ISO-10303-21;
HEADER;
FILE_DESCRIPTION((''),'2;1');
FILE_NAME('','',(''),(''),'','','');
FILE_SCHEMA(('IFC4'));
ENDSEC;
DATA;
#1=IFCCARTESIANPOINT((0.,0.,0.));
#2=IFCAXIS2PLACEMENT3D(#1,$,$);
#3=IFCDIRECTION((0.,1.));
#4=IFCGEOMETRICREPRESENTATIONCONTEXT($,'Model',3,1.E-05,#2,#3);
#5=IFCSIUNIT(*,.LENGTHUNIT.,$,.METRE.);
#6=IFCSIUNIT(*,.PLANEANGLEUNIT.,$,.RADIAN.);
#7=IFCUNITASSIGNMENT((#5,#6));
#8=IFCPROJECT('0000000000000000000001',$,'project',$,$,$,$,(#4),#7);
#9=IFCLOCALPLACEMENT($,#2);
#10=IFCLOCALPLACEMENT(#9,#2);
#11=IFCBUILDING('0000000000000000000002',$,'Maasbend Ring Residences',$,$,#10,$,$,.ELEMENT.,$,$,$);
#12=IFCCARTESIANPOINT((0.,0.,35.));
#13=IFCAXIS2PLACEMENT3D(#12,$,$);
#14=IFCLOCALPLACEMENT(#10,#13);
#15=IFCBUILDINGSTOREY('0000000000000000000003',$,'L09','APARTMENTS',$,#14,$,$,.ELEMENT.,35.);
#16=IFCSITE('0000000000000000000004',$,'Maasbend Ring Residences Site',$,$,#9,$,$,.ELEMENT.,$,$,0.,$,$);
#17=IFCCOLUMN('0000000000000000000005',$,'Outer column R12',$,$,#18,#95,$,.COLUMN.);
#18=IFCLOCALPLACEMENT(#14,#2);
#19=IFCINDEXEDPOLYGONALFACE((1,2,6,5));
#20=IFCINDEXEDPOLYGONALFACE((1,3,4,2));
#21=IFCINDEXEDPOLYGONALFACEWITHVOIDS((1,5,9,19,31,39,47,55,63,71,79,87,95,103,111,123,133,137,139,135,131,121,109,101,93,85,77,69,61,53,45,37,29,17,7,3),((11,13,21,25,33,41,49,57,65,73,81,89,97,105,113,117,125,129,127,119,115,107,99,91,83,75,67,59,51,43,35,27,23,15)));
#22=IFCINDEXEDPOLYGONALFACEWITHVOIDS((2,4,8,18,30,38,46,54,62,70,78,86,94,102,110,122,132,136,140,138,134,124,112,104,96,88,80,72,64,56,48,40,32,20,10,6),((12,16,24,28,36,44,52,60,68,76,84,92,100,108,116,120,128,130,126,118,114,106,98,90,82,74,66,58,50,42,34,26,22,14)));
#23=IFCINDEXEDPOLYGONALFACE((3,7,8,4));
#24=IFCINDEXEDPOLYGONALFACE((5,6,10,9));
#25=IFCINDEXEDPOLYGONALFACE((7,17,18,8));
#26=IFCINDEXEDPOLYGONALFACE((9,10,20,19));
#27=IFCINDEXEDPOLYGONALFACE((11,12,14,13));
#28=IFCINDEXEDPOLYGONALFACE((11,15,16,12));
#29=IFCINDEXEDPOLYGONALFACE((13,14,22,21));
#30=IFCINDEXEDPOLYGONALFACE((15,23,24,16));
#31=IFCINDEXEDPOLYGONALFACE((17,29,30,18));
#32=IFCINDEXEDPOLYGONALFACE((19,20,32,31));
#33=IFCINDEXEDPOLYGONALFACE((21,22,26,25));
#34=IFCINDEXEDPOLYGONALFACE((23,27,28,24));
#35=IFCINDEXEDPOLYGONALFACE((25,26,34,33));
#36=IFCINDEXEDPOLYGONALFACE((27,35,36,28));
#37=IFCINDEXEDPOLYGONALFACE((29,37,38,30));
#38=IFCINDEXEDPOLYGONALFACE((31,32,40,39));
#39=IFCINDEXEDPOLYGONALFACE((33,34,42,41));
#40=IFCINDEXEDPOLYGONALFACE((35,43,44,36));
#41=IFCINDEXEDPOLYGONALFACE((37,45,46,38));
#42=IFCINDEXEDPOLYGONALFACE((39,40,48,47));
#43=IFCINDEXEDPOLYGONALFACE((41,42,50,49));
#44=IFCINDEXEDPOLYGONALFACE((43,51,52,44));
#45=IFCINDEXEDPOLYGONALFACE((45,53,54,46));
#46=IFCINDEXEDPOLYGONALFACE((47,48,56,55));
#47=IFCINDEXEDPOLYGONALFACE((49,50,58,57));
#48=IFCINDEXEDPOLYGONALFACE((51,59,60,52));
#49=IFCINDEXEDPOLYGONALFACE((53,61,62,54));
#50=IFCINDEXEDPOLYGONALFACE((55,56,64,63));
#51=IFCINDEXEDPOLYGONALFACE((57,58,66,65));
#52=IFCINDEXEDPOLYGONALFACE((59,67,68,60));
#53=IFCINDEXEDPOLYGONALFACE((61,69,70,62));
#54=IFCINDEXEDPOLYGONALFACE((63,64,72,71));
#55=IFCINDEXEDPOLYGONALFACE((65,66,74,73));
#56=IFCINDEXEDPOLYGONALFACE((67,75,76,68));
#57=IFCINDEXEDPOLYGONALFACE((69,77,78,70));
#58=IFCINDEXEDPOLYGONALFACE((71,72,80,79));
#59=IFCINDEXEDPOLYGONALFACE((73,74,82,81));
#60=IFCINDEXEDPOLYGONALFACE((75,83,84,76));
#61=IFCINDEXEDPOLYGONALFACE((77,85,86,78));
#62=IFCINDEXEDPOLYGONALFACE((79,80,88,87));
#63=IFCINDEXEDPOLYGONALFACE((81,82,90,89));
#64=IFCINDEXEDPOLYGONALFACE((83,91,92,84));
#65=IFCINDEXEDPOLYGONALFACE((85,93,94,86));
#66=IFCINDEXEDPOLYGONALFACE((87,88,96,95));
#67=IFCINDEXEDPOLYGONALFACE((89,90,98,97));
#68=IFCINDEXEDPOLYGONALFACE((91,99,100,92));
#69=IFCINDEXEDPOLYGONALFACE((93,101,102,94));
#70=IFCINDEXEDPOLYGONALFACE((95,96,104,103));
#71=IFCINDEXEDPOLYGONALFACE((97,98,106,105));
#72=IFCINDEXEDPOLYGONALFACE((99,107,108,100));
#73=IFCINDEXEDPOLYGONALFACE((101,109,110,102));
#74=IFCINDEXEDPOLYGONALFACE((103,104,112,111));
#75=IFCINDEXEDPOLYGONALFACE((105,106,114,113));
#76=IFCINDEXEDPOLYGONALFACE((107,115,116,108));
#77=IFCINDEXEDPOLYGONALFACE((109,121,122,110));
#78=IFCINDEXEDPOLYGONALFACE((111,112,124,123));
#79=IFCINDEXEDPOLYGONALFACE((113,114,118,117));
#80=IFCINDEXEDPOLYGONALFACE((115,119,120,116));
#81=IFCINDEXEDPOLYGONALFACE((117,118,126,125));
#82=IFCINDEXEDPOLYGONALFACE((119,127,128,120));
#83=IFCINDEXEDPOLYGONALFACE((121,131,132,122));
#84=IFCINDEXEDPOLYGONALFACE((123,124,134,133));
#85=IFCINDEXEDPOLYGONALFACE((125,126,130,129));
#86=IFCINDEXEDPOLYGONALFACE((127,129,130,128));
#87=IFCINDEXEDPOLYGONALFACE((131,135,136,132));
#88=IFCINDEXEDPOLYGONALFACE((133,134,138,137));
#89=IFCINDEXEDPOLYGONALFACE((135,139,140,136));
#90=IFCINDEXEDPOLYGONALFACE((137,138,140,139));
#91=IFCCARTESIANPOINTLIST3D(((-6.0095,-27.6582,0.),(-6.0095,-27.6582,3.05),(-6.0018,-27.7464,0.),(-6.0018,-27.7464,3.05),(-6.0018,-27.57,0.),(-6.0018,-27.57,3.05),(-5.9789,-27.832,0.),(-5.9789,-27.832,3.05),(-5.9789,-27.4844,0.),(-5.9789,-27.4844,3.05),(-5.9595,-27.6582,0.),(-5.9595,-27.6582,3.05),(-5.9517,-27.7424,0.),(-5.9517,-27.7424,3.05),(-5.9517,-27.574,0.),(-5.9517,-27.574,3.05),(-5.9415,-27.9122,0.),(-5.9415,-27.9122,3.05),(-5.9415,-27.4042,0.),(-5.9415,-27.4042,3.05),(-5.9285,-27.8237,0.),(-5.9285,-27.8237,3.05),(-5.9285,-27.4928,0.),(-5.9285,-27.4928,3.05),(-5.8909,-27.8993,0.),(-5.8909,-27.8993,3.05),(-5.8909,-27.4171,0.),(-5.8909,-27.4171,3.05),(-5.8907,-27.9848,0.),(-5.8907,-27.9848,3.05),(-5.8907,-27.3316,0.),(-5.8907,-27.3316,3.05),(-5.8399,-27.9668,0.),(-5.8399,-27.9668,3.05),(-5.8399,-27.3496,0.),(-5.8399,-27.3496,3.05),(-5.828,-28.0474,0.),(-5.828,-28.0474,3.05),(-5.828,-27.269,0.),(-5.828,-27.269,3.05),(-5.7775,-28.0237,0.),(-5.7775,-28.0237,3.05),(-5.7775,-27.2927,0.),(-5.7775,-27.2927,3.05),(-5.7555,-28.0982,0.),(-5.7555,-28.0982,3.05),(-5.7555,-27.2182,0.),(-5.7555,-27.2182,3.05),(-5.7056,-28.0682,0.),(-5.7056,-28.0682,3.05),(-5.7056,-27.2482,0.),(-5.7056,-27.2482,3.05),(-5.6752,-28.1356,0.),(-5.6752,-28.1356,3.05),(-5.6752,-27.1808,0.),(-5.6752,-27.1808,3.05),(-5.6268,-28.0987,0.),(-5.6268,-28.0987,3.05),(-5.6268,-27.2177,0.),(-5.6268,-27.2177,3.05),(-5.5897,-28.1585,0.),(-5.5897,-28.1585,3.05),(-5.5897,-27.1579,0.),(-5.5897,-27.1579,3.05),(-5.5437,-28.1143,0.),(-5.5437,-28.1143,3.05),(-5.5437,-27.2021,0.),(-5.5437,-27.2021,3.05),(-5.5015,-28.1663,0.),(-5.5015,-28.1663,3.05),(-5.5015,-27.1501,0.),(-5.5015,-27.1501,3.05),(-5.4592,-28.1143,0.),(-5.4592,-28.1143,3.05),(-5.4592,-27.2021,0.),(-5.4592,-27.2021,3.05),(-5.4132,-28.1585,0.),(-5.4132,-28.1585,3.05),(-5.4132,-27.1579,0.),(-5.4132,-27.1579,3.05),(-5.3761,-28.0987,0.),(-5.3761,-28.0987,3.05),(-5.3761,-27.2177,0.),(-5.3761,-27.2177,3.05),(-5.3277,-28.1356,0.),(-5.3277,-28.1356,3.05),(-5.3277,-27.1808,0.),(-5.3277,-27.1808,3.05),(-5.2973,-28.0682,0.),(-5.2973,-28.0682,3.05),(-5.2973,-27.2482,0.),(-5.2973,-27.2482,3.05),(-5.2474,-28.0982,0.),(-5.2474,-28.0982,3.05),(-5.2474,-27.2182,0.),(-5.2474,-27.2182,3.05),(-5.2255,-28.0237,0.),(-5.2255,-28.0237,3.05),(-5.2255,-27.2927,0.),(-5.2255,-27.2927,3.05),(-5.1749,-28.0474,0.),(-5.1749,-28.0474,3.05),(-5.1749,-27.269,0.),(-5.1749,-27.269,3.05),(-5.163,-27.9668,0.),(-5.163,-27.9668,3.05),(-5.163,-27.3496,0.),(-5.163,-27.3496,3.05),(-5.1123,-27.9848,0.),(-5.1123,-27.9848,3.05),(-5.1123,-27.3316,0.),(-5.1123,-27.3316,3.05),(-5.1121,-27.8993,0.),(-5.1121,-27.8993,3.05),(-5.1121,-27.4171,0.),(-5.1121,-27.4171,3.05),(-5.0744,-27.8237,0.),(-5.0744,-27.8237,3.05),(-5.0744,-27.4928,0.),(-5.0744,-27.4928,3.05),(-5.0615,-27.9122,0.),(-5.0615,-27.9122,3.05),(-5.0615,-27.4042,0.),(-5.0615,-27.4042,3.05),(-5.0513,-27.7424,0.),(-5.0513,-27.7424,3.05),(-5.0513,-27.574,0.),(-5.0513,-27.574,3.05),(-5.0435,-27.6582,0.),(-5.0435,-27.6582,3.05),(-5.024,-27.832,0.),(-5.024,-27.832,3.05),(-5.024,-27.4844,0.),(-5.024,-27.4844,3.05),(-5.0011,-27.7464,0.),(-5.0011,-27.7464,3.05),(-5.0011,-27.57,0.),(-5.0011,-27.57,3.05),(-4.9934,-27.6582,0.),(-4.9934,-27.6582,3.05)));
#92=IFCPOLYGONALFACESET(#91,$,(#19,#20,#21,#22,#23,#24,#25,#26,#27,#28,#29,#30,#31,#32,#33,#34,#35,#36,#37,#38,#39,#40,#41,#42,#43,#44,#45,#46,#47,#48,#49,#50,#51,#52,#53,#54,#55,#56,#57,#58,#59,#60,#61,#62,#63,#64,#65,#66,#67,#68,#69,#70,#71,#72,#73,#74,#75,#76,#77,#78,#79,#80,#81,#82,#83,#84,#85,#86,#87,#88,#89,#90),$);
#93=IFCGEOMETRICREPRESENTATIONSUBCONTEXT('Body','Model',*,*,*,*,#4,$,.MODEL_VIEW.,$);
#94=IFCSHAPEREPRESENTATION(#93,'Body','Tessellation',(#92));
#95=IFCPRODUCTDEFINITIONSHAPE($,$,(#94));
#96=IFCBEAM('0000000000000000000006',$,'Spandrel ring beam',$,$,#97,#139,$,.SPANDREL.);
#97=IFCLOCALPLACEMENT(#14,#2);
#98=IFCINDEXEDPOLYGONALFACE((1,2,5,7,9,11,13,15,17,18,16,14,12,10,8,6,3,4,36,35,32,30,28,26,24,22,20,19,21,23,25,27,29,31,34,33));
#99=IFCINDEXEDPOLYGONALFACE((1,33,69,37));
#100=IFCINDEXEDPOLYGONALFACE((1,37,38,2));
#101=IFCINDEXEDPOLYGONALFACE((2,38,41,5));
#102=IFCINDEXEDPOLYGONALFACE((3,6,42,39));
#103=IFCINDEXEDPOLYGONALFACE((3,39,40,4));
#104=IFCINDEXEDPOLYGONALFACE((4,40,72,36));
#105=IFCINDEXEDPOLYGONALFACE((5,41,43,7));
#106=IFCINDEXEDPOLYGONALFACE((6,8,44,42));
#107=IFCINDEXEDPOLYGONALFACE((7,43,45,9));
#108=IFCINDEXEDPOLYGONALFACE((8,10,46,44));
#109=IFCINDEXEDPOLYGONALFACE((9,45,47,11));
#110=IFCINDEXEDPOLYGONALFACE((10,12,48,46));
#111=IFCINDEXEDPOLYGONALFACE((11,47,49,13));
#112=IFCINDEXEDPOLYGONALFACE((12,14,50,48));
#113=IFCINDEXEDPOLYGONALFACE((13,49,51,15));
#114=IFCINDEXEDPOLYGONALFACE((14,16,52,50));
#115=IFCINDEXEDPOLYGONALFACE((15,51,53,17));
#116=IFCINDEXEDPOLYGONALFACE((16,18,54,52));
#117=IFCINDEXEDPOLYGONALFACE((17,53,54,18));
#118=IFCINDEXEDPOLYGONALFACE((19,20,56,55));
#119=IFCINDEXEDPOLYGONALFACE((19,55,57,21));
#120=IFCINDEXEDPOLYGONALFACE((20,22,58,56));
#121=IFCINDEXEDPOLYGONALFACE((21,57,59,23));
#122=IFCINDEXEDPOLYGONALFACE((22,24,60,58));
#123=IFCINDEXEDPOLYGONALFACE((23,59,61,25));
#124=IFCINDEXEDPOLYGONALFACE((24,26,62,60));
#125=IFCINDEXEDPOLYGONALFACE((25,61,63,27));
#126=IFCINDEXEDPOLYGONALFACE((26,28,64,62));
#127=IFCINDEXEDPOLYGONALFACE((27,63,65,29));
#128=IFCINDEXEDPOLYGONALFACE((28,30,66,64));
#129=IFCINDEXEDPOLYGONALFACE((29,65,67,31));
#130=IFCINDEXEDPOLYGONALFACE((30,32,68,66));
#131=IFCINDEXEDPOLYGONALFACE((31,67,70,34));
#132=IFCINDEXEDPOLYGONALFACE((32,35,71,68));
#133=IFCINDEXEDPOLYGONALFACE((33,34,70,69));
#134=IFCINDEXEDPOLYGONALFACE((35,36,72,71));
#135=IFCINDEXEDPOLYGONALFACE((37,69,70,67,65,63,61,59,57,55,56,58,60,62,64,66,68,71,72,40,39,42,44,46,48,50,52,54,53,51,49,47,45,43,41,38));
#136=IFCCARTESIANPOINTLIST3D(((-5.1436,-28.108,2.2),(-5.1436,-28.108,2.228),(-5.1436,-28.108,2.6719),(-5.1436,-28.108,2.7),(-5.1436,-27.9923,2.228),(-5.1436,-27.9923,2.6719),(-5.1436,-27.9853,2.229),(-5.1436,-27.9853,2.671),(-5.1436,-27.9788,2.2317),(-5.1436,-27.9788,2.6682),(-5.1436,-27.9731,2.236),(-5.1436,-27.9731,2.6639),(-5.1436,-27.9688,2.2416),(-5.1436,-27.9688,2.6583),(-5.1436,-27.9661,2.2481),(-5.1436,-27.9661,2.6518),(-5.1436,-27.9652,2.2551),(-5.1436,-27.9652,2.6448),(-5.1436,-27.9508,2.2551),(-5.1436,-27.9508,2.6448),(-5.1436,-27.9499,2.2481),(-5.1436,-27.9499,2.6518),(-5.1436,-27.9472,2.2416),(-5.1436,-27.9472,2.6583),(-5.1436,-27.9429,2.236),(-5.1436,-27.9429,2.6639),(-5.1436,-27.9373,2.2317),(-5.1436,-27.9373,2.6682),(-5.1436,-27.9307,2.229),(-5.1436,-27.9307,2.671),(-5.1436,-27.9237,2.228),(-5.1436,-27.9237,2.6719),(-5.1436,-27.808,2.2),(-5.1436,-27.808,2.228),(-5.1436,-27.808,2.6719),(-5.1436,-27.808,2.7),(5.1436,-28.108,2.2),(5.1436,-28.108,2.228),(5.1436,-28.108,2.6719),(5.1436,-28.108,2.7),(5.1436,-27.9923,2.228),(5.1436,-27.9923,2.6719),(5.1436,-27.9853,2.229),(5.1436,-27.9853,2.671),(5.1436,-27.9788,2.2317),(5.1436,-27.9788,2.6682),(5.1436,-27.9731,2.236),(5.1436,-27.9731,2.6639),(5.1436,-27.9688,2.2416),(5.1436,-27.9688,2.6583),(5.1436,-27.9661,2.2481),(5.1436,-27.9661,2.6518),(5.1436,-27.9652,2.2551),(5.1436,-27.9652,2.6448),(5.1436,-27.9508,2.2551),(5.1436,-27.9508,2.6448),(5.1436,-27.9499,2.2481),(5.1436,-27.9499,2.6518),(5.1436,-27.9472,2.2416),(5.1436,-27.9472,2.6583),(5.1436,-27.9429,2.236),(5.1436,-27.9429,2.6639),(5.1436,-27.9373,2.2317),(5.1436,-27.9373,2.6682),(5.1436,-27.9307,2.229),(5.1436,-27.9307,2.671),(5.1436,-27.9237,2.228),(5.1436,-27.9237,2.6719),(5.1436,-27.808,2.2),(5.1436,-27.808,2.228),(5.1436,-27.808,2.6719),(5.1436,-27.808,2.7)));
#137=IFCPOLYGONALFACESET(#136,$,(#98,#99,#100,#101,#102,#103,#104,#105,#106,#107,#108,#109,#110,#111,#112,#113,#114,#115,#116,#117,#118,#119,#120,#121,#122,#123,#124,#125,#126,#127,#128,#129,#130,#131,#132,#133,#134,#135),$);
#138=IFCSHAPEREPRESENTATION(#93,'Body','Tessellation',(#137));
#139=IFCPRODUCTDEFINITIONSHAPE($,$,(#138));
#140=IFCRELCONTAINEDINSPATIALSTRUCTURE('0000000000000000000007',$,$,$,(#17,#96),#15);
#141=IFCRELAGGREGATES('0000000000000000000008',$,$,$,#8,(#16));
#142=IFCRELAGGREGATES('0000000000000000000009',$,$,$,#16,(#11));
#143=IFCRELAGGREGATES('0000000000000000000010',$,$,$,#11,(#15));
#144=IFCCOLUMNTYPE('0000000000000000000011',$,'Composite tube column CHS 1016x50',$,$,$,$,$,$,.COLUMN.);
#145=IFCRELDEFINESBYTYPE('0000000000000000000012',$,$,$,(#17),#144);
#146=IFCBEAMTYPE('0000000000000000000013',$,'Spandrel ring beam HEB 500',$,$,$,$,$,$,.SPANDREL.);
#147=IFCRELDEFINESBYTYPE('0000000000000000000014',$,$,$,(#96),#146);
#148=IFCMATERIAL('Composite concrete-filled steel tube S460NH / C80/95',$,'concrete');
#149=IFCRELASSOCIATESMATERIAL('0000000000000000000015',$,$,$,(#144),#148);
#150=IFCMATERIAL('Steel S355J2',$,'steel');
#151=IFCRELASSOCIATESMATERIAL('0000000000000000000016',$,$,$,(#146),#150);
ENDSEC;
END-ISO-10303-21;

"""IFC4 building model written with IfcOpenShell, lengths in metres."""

from ifc_helpers import new_model, si_unit, direction, frame, origin, origin_2d, place, context, subcontext, project, spatial, hollow_circle, i_section, extrude, material, material_profile, profile_set, type_object, element, save


model = new_model("IFC4")

# Units and contexts
model_context = context("Model", 3, precision=1e-05, world=origin(), true_north=direction((0.0, 1.0)))
body_context = subcontext(model_context, "Body", "Model", "MODEL_VIEW")
ifc_project = project(units=[si_unit("LENGTHUNIT", "METRE"), si_unit("PLANEANGLEUNIT", "RADIAN")], contexts=[model_context])

# Site, building, storey
site_placement = place(None, origin())
site = spatial("IfcSite", under=ifc_project, at=site_placement, Name="Maasbend Ring Residences Site", CompositionType="ELEMENT", RefElevation=0.0)
building_placement = place(site_placement, origin())
building = spatial("IfcBuilding", under=site, at=building_placement, Name="Maasbend Ring Residences", CompositionType="ELEMENT")
storey_placement = place(building_placement, frame((0.0, 0.0, 35.0)))
storey = spatial("IfcBuildingStorey", under=building, at=storey_placement, Name="L09", Description="APARTMENTS", CompositionType="ELEMENT", Elevation=35.0)

# Column
ifc_material_1 = material(Name="Composite concrete-filled steel tube S460NH / C80/95", Category="concrete")
ifc_material_profile_1 = material_profile(ifc_material_1, hollow_circle(Radius=0.5081, WallThickness=0.05, at=origin_2d()), Name="Composite tube column CHS 1016x50")
ifc_profile_set_1 = profile_set([ifc_material_profile_1], Name="Composite concrete-filled steel tube S460NH / C80/95")
column_type = type_object("IfcColumnType", Name="Composite tube column CHS 1016x50", PredefinedType="COLUMN", material=ifc_profile_set_1)
column_placement = place(storey_placement, frame((-5.5015, -27.6582, 0.0), z_axis=(0.0, 0.0, 1.0), x_axis=(1.0, 0.0, 0.0)))
element("IfcColumn", 1, at=column_placement, inside=storey, type_object=column_type, Name="Outer column R12", PredefinedType="COLUMN", context=body_context, shape_type="SweptSolid", body=[
    extrude(hollow_circle(Radius=0.5081, WallThickness=0.05, at=origin_2d()), origin(), (0.0, 0.0, 1.0), 3.05),
])

# Beam
ifc_material_2 = material(Name="Steel S355J2", Category="steel")
ifc_material_profile_2 = material_profile(ifc_material_2, i_section(OverallWidth=0.3, OverallDepth=0.5, WebThickness=0.0144, FlangeThickness=0.0281, FilletRadius=0.0271, at=origin_2d()), Name="HEB 500")
ifc_profile_set_2 = profile_set([ifc_material_profile_2], Name="Steel S355J2")
beam_type = type_object("IfcBeamType", Name="Spandrel ring beam HEB 500", PredefinedType="SPANDREL", material=ifc_profile_set_2)
beam_placement = place(storey_placement, frame((-5.1436, -27.958, 2.45), z_axis=(1.0, 0.0, 0.0), x_axis=(0.0, 1.0, 0.0)))
element("IfcBeam", 2, at=beam_placement, inside=storey, type_object=beam_type, Name="Spandrel ring beam", PredefinedType="SPANDREL", context=body_context, shape_type="SweptSolid", body=[
    extrude(i_section(OverallWidth=0.3, OverallDepth=0.5, WebThickness=0.0144, FlangeThickness=0.0281, FilletRadius=0.0271, at=origin_2d()), origin(), (0.0, 0.0, 1.0), 10.2871),
])

save(model, "model.ifc")
